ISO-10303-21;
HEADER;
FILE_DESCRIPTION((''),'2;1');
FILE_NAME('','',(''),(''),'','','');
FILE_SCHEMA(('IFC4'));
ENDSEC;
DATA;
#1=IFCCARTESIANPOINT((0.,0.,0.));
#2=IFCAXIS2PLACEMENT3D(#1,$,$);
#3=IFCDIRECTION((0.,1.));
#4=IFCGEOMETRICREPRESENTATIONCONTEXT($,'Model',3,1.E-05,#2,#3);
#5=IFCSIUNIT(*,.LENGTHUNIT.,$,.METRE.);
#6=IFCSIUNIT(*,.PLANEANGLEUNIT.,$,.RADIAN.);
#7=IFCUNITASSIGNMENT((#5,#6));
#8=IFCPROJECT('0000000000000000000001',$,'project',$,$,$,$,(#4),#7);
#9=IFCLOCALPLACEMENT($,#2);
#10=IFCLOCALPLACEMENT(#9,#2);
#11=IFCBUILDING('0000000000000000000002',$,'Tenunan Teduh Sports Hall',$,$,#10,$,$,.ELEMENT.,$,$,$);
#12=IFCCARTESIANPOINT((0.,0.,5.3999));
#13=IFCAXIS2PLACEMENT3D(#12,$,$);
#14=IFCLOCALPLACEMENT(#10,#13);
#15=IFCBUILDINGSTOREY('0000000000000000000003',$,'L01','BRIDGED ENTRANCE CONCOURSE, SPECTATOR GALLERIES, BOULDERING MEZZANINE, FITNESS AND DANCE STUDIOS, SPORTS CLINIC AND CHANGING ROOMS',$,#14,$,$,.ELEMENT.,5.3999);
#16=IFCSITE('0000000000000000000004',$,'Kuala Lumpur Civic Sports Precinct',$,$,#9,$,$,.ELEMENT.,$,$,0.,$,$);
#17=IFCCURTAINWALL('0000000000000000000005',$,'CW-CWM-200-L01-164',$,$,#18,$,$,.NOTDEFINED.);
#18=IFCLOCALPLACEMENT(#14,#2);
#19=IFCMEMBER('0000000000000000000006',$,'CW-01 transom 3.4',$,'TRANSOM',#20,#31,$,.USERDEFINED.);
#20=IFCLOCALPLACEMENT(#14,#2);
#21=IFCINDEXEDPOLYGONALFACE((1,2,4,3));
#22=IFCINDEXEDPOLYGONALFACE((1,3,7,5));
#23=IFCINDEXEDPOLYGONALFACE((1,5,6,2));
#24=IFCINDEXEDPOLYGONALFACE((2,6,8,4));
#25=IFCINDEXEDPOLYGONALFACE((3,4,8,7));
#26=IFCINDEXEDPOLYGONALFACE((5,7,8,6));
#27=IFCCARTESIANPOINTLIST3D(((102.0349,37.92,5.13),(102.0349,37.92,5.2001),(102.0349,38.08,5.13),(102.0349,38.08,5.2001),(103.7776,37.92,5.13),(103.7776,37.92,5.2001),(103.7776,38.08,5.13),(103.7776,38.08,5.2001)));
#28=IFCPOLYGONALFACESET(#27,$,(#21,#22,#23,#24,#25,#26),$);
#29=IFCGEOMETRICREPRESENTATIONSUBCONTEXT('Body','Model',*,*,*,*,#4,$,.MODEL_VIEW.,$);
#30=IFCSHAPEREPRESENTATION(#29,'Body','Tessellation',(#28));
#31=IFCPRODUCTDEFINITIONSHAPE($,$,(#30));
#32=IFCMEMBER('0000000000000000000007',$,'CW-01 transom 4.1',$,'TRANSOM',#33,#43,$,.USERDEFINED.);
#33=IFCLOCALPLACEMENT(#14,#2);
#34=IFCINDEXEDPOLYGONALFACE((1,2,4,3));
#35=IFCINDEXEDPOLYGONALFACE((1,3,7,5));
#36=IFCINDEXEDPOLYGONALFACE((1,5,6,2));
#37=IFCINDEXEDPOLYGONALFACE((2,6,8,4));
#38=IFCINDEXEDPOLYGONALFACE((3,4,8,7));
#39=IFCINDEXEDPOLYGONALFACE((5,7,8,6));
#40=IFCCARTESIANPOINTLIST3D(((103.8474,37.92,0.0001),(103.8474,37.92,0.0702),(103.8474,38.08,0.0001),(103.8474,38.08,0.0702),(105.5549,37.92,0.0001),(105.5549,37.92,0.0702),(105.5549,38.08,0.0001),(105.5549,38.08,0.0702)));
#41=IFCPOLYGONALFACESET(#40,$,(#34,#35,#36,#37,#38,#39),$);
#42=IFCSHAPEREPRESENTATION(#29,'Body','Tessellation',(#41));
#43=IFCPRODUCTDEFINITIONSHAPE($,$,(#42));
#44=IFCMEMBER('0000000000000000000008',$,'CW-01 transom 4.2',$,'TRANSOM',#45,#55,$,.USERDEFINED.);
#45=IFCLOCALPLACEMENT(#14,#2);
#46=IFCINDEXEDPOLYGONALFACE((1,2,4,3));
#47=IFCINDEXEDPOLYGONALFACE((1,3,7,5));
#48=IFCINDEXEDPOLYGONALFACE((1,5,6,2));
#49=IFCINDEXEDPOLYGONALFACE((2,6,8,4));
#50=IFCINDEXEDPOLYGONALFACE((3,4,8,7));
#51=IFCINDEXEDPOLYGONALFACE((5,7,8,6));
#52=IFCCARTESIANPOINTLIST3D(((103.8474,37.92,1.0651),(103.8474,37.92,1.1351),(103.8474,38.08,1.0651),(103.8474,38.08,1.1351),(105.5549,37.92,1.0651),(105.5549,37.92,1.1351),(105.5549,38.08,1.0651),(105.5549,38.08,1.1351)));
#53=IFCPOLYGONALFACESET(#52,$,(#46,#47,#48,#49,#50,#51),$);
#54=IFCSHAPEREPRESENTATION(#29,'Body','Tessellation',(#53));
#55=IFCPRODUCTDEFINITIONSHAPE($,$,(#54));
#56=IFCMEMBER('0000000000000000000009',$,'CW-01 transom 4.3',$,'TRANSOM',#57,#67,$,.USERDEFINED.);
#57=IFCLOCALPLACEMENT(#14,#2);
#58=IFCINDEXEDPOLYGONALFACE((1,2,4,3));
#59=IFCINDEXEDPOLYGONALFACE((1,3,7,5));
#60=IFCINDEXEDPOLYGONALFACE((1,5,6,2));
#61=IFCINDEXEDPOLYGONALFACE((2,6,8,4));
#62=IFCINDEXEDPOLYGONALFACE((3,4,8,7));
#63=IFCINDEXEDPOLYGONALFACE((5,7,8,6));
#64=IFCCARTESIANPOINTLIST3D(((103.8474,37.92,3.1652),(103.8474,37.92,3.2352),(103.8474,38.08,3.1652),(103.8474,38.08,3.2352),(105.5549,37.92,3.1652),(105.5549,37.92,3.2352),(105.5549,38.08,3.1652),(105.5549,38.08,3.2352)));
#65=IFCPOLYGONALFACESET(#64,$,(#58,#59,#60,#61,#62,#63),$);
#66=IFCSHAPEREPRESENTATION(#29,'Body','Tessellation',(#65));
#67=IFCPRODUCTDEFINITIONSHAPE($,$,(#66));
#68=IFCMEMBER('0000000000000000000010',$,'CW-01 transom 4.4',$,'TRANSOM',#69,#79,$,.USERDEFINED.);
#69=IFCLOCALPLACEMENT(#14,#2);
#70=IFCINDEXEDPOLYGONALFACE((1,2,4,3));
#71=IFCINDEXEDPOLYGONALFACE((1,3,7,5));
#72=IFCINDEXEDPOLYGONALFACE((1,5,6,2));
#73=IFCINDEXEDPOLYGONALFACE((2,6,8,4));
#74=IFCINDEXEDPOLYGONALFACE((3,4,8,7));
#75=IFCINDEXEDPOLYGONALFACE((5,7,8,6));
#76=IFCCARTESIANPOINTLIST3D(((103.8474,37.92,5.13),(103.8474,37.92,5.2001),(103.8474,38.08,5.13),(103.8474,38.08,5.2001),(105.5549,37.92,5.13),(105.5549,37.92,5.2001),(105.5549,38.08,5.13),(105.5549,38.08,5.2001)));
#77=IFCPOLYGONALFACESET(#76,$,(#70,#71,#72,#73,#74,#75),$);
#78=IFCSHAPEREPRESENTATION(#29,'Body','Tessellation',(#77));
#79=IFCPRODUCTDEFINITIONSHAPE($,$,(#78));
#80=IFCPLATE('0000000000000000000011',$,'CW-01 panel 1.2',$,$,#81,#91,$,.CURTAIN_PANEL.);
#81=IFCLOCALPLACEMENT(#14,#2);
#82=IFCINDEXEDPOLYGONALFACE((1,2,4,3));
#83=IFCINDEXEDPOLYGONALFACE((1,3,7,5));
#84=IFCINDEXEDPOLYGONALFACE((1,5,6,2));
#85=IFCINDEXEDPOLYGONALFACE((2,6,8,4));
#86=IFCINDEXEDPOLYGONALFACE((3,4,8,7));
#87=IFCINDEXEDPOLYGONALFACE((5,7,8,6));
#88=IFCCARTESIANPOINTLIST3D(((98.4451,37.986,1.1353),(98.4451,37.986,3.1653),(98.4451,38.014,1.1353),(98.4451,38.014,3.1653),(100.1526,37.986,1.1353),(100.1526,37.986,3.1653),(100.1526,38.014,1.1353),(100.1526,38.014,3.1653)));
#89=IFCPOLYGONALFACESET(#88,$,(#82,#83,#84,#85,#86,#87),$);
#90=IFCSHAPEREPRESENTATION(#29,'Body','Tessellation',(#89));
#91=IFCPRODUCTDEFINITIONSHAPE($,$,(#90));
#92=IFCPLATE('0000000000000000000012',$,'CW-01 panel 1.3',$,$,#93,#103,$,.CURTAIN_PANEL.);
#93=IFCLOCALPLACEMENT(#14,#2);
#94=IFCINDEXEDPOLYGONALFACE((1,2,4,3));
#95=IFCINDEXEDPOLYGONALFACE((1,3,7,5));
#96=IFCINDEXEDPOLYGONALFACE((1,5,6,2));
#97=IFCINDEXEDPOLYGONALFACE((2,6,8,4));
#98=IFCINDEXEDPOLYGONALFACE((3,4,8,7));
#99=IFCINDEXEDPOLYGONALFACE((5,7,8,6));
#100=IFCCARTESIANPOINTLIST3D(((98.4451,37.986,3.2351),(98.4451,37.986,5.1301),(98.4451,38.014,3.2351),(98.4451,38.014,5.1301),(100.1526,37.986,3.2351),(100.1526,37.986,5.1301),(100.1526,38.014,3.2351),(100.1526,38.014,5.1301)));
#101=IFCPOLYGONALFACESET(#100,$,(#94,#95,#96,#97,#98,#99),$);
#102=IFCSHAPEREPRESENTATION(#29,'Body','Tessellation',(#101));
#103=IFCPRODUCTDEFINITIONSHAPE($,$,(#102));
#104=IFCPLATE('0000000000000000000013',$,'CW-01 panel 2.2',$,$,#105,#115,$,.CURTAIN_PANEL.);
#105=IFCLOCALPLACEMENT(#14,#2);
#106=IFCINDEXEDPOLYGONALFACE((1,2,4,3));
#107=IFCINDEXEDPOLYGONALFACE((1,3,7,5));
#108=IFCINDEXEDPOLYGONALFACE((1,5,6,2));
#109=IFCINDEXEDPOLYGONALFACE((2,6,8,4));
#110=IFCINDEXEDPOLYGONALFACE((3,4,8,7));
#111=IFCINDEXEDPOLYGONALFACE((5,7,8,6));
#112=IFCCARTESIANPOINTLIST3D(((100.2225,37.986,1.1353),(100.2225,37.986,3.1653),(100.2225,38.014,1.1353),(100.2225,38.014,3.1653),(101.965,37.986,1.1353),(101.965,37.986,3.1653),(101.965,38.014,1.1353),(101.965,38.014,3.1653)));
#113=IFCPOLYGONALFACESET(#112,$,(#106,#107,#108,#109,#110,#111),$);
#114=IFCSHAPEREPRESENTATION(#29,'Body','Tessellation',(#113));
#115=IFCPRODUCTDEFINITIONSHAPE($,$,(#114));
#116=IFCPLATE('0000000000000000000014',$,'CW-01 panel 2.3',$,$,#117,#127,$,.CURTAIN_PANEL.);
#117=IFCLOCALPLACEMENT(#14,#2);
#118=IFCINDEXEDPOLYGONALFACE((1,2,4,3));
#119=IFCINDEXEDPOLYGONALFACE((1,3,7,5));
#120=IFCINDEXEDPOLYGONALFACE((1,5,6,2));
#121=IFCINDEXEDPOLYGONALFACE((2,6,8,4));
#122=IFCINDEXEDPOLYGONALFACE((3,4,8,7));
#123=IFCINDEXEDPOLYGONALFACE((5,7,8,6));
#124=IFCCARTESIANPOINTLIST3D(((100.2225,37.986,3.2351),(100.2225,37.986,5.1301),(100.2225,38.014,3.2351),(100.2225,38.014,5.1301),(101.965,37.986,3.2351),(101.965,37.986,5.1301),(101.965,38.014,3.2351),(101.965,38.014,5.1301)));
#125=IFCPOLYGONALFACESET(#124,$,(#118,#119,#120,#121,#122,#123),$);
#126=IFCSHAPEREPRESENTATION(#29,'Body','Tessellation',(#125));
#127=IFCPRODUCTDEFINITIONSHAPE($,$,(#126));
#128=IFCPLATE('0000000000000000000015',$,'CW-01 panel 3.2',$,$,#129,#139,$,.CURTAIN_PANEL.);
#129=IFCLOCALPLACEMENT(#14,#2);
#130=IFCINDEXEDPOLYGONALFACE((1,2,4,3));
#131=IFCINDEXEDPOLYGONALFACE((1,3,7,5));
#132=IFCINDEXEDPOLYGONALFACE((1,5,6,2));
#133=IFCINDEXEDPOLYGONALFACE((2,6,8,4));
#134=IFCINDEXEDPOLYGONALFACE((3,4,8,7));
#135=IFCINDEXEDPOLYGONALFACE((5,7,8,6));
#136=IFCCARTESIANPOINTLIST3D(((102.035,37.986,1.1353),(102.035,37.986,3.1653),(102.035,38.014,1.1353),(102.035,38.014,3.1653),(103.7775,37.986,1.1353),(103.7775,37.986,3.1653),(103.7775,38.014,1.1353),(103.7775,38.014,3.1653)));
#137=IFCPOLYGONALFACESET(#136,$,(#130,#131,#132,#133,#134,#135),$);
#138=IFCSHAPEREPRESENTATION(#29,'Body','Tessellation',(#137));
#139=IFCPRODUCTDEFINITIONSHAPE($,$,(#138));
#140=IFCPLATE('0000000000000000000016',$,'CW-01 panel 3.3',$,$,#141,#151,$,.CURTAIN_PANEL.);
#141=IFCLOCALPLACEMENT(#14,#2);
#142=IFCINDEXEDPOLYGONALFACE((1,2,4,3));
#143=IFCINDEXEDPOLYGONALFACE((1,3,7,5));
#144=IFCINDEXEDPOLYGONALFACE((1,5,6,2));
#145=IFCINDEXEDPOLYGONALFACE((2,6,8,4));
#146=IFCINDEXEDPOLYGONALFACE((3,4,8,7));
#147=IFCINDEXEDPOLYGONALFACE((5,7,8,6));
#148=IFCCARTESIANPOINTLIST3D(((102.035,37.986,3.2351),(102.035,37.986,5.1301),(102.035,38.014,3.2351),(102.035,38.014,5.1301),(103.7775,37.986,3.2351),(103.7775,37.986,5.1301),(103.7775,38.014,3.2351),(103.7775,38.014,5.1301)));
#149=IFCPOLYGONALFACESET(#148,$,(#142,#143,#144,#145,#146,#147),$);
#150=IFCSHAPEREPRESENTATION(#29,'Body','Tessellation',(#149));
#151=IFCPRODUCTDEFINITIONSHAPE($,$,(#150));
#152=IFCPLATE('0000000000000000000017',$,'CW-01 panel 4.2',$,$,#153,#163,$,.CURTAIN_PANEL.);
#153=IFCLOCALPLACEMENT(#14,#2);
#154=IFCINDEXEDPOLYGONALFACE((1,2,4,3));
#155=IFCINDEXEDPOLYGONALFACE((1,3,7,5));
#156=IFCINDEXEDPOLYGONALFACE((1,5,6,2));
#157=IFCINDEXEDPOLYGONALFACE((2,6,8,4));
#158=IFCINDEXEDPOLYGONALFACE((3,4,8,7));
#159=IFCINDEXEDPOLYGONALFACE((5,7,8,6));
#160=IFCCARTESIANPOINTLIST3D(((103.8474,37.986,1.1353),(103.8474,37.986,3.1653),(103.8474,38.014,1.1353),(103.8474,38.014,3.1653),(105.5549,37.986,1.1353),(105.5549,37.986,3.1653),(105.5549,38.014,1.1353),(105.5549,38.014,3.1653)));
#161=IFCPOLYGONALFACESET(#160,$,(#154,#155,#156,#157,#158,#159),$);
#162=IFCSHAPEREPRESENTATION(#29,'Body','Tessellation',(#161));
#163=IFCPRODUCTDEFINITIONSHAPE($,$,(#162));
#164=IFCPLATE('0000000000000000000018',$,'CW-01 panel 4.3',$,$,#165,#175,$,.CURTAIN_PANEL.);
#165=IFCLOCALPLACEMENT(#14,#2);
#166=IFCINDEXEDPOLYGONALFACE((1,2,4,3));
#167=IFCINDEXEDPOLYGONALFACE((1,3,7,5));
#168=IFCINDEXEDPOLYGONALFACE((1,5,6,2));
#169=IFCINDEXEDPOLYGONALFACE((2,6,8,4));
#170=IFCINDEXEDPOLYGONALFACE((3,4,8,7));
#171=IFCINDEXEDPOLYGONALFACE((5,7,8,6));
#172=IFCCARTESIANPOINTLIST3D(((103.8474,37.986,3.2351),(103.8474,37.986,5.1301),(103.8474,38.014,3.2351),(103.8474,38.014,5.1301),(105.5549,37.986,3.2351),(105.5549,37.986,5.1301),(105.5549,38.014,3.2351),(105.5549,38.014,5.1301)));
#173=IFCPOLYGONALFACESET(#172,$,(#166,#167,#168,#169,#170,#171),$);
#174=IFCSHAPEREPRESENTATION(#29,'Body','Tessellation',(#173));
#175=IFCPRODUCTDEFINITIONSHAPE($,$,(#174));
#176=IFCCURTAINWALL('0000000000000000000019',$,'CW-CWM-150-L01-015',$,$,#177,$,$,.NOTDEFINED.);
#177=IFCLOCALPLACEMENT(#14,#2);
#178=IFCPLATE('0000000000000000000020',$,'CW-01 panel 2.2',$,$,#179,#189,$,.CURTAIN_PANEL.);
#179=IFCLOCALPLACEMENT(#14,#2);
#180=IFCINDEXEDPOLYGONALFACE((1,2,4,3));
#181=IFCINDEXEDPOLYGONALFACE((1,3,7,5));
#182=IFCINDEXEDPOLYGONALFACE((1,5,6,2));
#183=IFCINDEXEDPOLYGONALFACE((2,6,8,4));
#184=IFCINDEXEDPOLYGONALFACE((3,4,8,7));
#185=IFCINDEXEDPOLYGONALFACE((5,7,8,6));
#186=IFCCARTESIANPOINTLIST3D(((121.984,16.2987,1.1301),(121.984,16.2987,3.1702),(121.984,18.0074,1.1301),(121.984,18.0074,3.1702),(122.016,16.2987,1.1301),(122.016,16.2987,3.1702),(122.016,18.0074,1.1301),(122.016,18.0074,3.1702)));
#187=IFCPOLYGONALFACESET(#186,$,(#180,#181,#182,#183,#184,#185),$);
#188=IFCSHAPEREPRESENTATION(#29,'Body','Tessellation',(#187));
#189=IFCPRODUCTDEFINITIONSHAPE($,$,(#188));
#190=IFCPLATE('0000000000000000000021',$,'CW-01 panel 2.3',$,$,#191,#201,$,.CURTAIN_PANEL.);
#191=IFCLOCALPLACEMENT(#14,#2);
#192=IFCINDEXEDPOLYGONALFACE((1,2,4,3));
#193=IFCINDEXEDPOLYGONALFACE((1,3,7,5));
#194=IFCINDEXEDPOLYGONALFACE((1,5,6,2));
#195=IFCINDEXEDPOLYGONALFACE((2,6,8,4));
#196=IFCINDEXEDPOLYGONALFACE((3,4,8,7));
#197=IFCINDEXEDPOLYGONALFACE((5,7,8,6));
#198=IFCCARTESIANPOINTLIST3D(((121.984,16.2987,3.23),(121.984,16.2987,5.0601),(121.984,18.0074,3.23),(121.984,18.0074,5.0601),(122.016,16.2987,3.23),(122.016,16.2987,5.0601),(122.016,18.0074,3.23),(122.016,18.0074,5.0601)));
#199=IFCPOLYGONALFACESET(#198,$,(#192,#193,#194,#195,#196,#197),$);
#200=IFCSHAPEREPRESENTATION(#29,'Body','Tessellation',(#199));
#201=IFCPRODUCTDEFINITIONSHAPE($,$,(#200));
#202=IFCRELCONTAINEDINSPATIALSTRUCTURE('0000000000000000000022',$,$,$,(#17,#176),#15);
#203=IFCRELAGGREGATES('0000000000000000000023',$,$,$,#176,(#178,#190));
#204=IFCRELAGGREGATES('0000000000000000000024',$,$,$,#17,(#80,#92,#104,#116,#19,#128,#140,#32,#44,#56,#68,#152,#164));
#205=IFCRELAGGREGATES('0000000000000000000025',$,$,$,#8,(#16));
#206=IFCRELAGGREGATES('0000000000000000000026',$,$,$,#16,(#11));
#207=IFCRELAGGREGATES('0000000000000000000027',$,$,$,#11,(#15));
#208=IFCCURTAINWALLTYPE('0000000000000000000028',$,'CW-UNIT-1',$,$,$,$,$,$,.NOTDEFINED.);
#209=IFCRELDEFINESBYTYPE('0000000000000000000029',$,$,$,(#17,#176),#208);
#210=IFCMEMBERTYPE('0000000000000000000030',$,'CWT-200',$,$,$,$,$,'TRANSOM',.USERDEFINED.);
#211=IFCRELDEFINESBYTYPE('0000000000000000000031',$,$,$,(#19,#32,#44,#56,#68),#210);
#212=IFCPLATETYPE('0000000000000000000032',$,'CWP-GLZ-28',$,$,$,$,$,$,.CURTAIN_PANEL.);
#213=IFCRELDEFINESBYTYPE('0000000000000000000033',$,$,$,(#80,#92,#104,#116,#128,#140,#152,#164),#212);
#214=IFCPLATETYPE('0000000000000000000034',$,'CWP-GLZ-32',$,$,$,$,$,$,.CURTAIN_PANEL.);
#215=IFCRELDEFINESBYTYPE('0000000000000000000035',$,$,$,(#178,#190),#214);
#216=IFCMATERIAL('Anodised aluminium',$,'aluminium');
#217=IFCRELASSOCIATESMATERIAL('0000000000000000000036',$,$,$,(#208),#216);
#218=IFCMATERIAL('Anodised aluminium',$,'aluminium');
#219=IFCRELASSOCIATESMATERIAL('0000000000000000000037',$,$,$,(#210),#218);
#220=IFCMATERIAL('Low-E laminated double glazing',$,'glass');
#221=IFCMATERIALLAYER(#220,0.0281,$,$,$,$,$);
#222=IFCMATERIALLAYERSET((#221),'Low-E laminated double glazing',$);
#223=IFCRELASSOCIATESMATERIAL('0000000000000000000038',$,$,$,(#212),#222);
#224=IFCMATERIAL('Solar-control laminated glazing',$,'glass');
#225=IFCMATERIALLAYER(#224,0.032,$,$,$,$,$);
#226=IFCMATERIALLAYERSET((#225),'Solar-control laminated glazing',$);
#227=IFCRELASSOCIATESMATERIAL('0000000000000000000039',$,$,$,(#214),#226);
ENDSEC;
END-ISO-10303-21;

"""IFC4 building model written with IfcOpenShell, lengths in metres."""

from ifc_helpers import new_model, si_unit, direction, frame, origin, origin_2d, place, context, subcontext, project, spatial, rectangle, extrude, material, layer, layer_set, material_profile, profile_set, type_object, element, aggregate, save


model = new_model("IFC4")

# Units and contexts
model_context = context("Model", 3, precision=1e-05, world=origin(), true_north=direction((0.0, 1.0)))
body_context = subcontext(model_context, "Body", "Model", "MODEL_VIEW")
ifc_project = project(units=[si_unit("LENGTHUNIT", "METRE"), si_unit("PLANEANGLEUNIT", "RADIAN")], contexts=[model_context])

# Site, building, storey
site_placement = place(None, origin())
site = spatial("IfcSite", under=ifc_project, at=site_placement, Name="Kuala Lumpur Civic Sports Precinct", CompositionType="ELEMENT", RefElevation=0.0)
building_placement = place(site_placement, origin())
building = spatial("IfcBuilding", under=site, at=building_placement, Name="Tenunan Teduh Sports Hall", CompositionType="ELEMENT")
storey_placement = place(building_placement, frame((0.0, 0.0, 5.3999)))
storey = spatial("IfcBuildingStorey", under=building, at=storey_placement, Name="L01", Description="BRIDGED ENTRANCE CONCOURSE, SPECTATOR GALLERIES, BOULDERING MEZZANINE, FITNESS AND DANCE STUDIOS, SPORTS CLINIC AND CHANGING ROOMS", CompositionType="ELEMENT", Elevation=5.3999)

# Curtain wall, members, plates
ifc_material_1 = material(Name="Anodised aluminium", Category="aluminium")
curtain_wall_type = type_object("IfcCurtainWallType", Name="CW-UNIT-1", PredefinedType="NOTDEFINED", material=ifc_material_1)
curtain_wall_1_placement = place(storey_placement, origin())
curtain_wall_1 = element("IfcCurtainWall", 1, at=curtain_wall_1_placement, inside=storey, type_object=curtain_wall_type, Name="CW-CWM-200-L01-164", PredefinedType="NOTDEFINED")
ifc_material_2 = material(Name="Anodised aluminium", Category="aluminium")
ifc_material_profile_1 = material_profile(ifc_material_2, rectangle(XDim=0.0701, YDim=0.1599, at=origin_2d()), Name="CWT 70x160")
ifc_profile_set_1 = profile_set([ifc_material_profile_1], Name="Anodised aluminium")
member_type_1 = type_object("IfcMemberType", Name="CWT-200", ElementType="TRANSOM", PredefinedType="USERDEFINED", material=ifc_profile_set_1)
member_1_placement = place(storey_placement, frame((102.0349, 38.0, 5.165), z_axis=(1.0, 0.0, 0.0), x_axis=(0.0, 0.0, 1.0)))
member_1 = element("IfcMember", 2, at=member_1_placement, type_object=member_type_1, Name="CW-01 transom 3.4", ObjectType="TRANSOM", PredefinedType="USERDEFINED", context=body_context, shape_type="SweptSolid", body=[
    extrude(rectangle(XDim=0.0701, YDim=0.1599, at=origin_2d()), origin(), (0.0, 0.0, 1.0), 1.7427),
])
member_2_placement = place(storey_placement, frame((103.8474, 38.0, 0.0352), z_axis=(1.0, 0.0, 0.0), x_axis=(0.0, 0.0, 1.0)))
member_2 = element("IfcMember", 3, at=member_2_placement, type_object=member_type_1, Name="CW-01 transom 4.1", ObjectType="TRANSOM", PredefinedType="USERDEFINED", context=body_context, shape_type="SweptSolid", body=[
    extrude(rectangle(XDim=0.0701, YDim=0.1599, at=origin_2d()), origin(), (0.0, 0.0, 1.0), 1.7075),
])
member_3_placement = place(storey_placement, frame((103.8474, 38.0, 1.1001), z_axis=(1.0, 0.0, 0.0), x_axis=(0.0, 0.0, 1.0)))
member_3 = element("IfcMember", 4, at=member_3_placement, type_object=member_type_1, Name="CW-01 transom 4.2", ObjectType="TRANSOM", PredefinedType="USERDEFINED", context=body_context, shape_type="SweptSolid", body=[
    extrude(rectangle(XDim=0.0701, YDim=0.1599, at=origin_2d()), origin(), (0.0, 0.0, 1.0), 1.7075),
])
member_4_placement = place(storey_placement, frame((103.8474, 38.0, 3.2002), z_axis=(1.0, 0.0, 0.0), x_axis=(0.0, 0.0, 1.0)))
member_4 = element("IfcMember", 5, at=member_4_placement, type_object=member_type_1, Name="CW-01 transom 4.3", ObjectType="TRANSOM", PredefinedType="USERDEFINED", context=body_context, shape_type="SweptSolid", body=[
    extrude(rectangle(XDim=0.0701, YDim=0.1599, at=origin_2d()), origin(), (0.0, 0.0, 1.0), 1.7075),
])
member_5_placement = place(storey_placement, frame((103.8474, 38.0, 5.165), z_axis=(1.0, 0.0, 0.0), x_axis=(0.0, 0.0, 1.0)))
member_5 = element("IfcMember", 6, at=member_5_placement, type_object=member_type_1, Name="CW-01 transom 4.4", ObjectType="TRANSOM", PredefinedType="USERDEFINED", context=body_context, shape_type="SweptSolid", body=[
    extrude(rectangle(XDim=0.0701, YDim=0.1599, at=origin_2d()), origin(), (0.0, 0.0, 1.0), 1.7075),
])
ifc_material_3 = material(Name="Low-E laminated double glazing", Category="glass")
ifc_layer_1 = layer(ifc_material_3, 0.0281)
ifc_layer_set_1 = layer_set([ifc_layer_1], Name="Low-E laminated double glazing")
plate_type_1 = type_object("IfcPlateType", Name="CWP-GLZ-28", PredefinedType="CURTAIN_PANEL", material=ifc_layer_set_1)
plate_1_placement = place(storey_placement, frame((99.2988, 38.0, 1.1353), z_axis=(0.0, 0.0, 1.0), x_axis=(1.0, 0.0, 0.0)))
plate_1 = element("IfcPlate", 7, at=plate_1_placement, type_object=plate_type_1, Name="CW-01 panel 1.2", PredefinedType="CURTAIN_PANEL", context=body_context, shape_type="SweptSolid", body=[
    extrude(rectangle(XDim=1.7075, YDim=0.0281, at=origin_2d()), origin(), (0.0, 0.0, 1.0), 2.03),
])
plate_2_placement = place(storey_placement, frame((99.2988, 38.0, 3.2351), z_axis=(0.0, 0.0, 1.0), x_axis=(1.0, 0.0, 0.0)))
plate_2 = element("IfcPlate", 8, at=plate_2_placement, type_object=plate_type_1, Name="CW-01 panel 1.3", PredefinedType="CURTAIN_PANEL", context=body_context, shape_type="SweptSolid", body=[
    extrude(rectangle(XDim=1.7075, YDim=0.0281, at=origin_2d()), origin(), (0.0, 0.0, 1.0), 1.895),
])
plate_3_placement = place(storey_placement, frame((101.0938, 38.0, 1.1353), z_axis=(0.0, 0.0, 1.0), x_axis=(1.0, 0.0, 0.0)))
plate_3 = element("IfcPlate", 9, at=plate_3_placement, type_object=plate_type_1, Name="CW-01 panel 2.2", PredefinedType="CURTAIN_PANEL", context=body_context, shape_type="SweptSolid", body=[
    extrude(rectangle(XDim=1.7424, YDim=0.0281, at=origin_2d()), origin(), (0.0, 0.0, 1.0), 2.03),
])
plate_4_placement = place(storey_placement, frame((101.0938, 38.0, 3.2351), z_axis=(0.0, 0.0, 1.0), x_axis=(1.0, 0.0, 0.0)))
plate_4 = element("IfcPlate", 10, at=plate_4_placement, type_object=plate_type_1, Name="CW-01 panel 2.3", PredefinedType="CURTAIN_PANEL", context=body_context, shape_type="SweptSolid", body=[
    extrude(rectangle(XDim=1.7424, YDim=0.0281, at=origin_2d()), origin(), (0.0, 0.0, 1.0), 1.895),
])
plate_5_placement = place(storey_placement, frame((102.9062, 38.0, 1.1353), z_axis=(0.0, 0.0, 1.0), x_axis=(1.0, 0.0, 0.0)))
plate_5 = element("IfcPlate", 11, at=plate_5_placement, type_object=plate_type_1, Name="CW-01 panel 3.2", PredefinedType="CURTAIN_PANEL", context=body_context, shape_type="SweptSolid", body=[
    extrude(rectangle(XDim=1.7424, YDim=0.0281, at=origin_2d()), origin(), (0.0, 0.0, 1.0), 2.03),
])
plate_6_placement = place(storey_placement, frame((102.9062, 38.0, 3.2351), z_axis=(0.0, 0.0, 1.0), x_axis=(1.0, 0.0, 0.0)))
plate_6 = element("IfcPlate", 12, at=plate_6_placement, type_object=plate_type_1, Name="CW-01 panel 3.3", PredefinedType="CURTAIN_PANEL", context=body_context, shape_type="SweptSolid", body=[
    extrude(rectangle(XDim=1.7424, YDim=0.0281, at=origin_2d()), origin(), (0.0, 0.0, 1.0), 1.895),
])
plate_7_placement = place(storey_placement, frame((104.7012, 38.0, 1.1353), z_axis=(0.0, 0.0, 1.0), x_axis=(1.0, 0.0, 0.0)))
plate_7 = element("IfcPlate", 13, at=plate_7_placement, type_object=plate_type_1, Name="CW-01 panel 4.2", PredefinedType="CURTAIN_PANEL", context=body_context, shape_type="SweptSolid", body=[
    extrude(rectangle(XDim=1.7075, YDim=0.0281, at=origin_2d()), origin(), (0.0, 0.0, 1.0), 2.03),
])
plate_8_placement = place(storey_placement, frame((104.7012, 38.0, 3.2351), z_axis=(0.0, 0.0, 1.0), x_axis=(1.0, 0.0, 0.0)))
plate_8 = element("IfcPlate", 14, at=plate_8_placement, type_object=plate_type_1, Name="CW-01 panel 4.3", PredefinedType="CURTAIN_PANEL", context=body_context, shape_type="SweptSolid", body=[
    extrude(rectangle(XDim=1.7075, YDim=0.0281, at=origin_2d()), origin(), (0.0, 0.0, 1.0), 1.895),
])

# Curtain wall, plates
curtain_wall_2_placement = place(storey_placement, origin())
curtain_wall_2 = element("IfcCurtainWall", 15, at=curtain_wall_2_placement, inside=storey, type_object=curtain_wall_type, Name="CW-CWM-150-L01-015", PredefinedType="NOTDEFINED")
ifc_material_4 = material(Name="Solar-control laminated glazing", Category="glass")
ifc_layer_2 = layer(ifc_material_4, 0.032)
ifc_layer_set_2 = layer_set([ifc_layer_2], Name="Solar-control laminated glazing")
plate_type_2 = type_object("IfcPlateType", Name="CWP-GLZ-32", PredefinedType="CURTAIN_PANEL", material=ifc_layer_set_2)
plate_9_placement = place(storey_placement, frame((122.0, 17.1531, 1.1301), z_axis=(0.0, 0.0, 1.0), x_axis=(0.0, 1.0, 0.0)))
plate_9 = element("IfcPlate", 16, at=plate_9_placement, type_object=plate_type_2, Name="CW-01 panel 2.2", PredefinedType="CURTAIN_PANEL", context=body_context, shape_type="SweptSolid", body=[
    extrude(rectangle(XDim=1.7087, YDim=0.032, at=origin_2d()), origin(), (0.0, 0.0, 1.0), 2.04),
])
plate_10_placement = place(storey_placement, frame((122.0, 17.1531, 3.23), z_axis=(0.0, 0.0, 1.0), x_axis=(0.0, 1.0, 0.0)))
plate_10 = element("IfcPlate", 17, at=plate_10_placement, type_object=plate_type_2, Name="CW-01 panel 2.3", PredefinedType="CURTAIN_PANEL", context=body_context, shape_type="SweptSolid", body=[
    extrude(rectangle(XDim=1.7087, YDim=0.032, at=origin_2d()), origin(), (0.0, 0.0, 1.0), 1.8301),
])
aggregate(curtain_wall_2, [plate_9, plate_10])

aggregate(curtain_wall_1, [plate_1, plate_2, plate_3, plate_4, member_1, plate_5, plate_6, member_2, member_3, member_4, member_5, plate_7, plate_8])

save(model, "model.ifc")
